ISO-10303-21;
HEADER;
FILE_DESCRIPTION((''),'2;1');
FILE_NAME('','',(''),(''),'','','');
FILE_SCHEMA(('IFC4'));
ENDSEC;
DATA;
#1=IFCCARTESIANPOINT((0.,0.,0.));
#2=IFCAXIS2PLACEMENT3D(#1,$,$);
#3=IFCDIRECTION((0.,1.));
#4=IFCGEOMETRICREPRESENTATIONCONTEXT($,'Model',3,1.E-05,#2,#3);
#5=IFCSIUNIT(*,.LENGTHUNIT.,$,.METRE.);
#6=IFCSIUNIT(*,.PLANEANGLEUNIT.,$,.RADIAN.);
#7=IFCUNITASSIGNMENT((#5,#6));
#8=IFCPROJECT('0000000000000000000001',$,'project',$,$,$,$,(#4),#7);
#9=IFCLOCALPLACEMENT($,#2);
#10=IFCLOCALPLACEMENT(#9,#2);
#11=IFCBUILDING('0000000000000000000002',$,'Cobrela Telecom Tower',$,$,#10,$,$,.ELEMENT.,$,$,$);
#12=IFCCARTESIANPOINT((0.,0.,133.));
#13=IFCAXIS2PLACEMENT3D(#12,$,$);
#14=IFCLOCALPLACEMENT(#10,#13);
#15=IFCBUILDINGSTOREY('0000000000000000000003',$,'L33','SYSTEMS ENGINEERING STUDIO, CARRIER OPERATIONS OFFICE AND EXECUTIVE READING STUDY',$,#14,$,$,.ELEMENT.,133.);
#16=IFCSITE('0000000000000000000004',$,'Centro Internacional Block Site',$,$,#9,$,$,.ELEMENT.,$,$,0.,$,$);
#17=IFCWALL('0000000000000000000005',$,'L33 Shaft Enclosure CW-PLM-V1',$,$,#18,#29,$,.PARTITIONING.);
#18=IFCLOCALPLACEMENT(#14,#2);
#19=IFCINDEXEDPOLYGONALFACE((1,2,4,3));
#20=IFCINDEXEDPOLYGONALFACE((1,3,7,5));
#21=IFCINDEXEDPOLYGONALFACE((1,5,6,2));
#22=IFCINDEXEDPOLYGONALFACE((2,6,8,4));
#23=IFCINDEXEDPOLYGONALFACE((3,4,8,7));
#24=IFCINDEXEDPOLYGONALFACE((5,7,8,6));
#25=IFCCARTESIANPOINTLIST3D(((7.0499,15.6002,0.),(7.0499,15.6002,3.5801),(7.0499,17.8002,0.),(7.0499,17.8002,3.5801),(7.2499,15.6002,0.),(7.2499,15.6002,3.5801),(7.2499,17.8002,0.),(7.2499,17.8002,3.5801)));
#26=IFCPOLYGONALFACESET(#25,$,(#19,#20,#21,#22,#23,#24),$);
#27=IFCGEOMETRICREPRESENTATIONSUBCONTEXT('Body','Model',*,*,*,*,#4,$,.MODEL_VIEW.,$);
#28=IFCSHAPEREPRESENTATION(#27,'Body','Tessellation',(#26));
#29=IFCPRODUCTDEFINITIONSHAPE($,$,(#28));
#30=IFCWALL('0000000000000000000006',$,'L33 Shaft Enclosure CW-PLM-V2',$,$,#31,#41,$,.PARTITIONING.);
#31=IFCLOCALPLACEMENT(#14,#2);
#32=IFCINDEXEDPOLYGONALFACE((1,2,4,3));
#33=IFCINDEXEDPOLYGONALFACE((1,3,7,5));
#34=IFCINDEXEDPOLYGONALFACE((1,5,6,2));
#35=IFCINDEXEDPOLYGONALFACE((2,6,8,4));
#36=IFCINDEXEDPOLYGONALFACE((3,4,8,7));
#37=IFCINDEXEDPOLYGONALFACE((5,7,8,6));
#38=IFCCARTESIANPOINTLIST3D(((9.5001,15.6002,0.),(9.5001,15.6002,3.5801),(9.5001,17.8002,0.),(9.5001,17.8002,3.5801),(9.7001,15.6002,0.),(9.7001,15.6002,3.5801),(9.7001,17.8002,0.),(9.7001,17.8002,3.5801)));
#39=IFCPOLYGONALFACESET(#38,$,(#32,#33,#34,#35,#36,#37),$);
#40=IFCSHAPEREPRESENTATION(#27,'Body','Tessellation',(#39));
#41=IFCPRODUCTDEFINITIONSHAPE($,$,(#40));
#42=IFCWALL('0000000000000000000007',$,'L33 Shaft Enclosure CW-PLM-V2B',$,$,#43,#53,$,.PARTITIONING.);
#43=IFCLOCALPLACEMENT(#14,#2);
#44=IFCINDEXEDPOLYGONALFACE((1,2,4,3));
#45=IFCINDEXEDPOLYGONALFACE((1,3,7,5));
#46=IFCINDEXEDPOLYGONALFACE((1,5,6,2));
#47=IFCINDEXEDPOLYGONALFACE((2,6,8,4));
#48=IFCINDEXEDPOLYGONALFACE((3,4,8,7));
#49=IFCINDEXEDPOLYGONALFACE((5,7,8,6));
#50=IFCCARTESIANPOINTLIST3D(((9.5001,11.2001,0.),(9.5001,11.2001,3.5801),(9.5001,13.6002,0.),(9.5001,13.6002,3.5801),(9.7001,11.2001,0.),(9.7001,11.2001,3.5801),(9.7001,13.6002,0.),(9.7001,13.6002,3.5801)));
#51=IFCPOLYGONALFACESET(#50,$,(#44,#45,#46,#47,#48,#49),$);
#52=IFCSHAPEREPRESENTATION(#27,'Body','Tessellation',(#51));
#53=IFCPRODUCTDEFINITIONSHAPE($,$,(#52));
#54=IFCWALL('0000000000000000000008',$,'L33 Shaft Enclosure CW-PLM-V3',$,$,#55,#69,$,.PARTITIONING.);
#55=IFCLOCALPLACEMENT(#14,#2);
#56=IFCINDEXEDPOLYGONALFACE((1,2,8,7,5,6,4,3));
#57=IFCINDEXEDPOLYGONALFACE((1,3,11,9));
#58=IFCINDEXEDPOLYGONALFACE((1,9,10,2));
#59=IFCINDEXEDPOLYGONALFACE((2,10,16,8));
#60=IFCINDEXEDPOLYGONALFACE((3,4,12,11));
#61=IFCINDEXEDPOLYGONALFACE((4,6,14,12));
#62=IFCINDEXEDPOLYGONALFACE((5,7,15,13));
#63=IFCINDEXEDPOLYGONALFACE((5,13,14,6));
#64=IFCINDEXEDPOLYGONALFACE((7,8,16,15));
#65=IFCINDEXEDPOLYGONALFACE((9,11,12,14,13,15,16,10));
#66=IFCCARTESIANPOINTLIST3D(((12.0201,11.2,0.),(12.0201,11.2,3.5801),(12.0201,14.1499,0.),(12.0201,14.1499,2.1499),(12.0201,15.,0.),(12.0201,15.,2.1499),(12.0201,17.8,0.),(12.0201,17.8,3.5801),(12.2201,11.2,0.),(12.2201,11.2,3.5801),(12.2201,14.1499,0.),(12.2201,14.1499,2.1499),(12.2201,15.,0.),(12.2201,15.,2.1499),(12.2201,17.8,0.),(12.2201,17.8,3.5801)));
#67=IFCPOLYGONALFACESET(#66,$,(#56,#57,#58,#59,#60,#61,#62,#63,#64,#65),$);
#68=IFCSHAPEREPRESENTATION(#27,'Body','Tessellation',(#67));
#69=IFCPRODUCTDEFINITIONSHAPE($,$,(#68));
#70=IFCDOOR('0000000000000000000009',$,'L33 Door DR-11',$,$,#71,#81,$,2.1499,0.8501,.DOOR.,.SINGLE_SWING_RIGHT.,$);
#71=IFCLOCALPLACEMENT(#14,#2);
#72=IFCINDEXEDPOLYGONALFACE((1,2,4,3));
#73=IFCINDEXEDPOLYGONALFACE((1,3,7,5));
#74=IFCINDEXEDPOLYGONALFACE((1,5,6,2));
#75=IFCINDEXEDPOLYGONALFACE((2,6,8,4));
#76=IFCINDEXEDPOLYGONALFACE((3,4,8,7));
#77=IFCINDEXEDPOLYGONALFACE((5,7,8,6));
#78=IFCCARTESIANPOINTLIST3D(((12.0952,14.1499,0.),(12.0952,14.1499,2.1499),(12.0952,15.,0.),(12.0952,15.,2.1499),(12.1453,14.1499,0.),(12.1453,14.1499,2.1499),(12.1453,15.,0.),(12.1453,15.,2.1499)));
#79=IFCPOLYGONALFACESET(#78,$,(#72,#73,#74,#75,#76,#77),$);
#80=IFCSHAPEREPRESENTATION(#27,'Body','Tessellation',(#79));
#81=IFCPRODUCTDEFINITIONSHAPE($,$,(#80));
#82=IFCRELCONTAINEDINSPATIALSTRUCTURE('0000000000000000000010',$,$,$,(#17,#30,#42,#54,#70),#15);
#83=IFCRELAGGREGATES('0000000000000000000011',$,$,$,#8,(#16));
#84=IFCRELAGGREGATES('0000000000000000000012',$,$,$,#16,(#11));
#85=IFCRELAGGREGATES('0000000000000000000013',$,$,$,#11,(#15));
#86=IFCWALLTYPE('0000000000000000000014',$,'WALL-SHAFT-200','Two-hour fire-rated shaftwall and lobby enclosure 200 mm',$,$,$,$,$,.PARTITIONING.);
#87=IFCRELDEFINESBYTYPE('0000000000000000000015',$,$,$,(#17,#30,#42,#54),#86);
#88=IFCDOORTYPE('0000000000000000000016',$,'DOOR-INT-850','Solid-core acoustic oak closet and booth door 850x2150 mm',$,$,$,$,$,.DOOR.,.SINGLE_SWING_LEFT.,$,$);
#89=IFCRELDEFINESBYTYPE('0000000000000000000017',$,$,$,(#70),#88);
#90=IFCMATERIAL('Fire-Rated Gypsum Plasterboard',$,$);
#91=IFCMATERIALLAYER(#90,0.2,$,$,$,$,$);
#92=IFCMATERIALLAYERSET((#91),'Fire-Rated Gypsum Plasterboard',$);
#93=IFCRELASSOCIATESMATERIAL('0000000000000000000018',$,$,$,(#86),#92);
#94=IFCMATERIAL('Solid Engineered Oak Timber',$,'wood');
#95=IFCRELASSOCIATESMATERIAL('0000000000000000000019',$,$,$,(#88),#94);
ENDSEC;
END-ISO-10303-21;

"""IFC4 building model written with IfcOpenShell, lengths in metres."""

from ifc_helpers import new_model, si_unit, direction, frame, frame_2d, origin, place, context, subcontext, project, spatial, rectangle, extrude, material, layer, layer_set, type_object, element, fill, save


model = new_model("IFC4")

# Units and contexts
model_context = context("Model", 3, precision=1e-05, world=origin(), true_north=direction((0.0, 1.0)))
body_context = subcontext(model_context, "Body", "Model", "MODEL_VIEW")
ifc_project = project(units=[si_unit("LENGTHUNIT", "METRE"), si_unit("PLANEANGLEUNIT", "RADIAN")], contexts=[model_context])

# Site, building, storey
site_placement = place(None, origin())
site = spatial("IfcSite", under=ifc_project, at=site_placement, Name="Centro Internacional Block Site", CompositionType="ELEMENT", RefElevation=0.0)
building_placement = place(site_placement, origin())
building = spatial("IfcBuilding", under=site, at=building_placement, Name="Cobrela Telecom Tower", CompositionType="ELEMENT")
storey_placement = place(building_placement, frame((0.0, 0.0, 133.0)))
storey = spatial("IfcBuildingStorey", under=building, at=storey_placement, Name="L33", Description="SYSTEMS ENGINEERING STUDIO, CARRIER OPERATIONS OFFICE AND EXECUTIVE READING STUDY", CompositionType="ELEMENT", Elevation=133.0)

# Walls
ifc_material_1 = material(Name="Fire-Rated Gypsum Plasterboard")
ifc_layer = layer(ifc_material_1, 0.2)
ifc_layer_set = layer_set([ifc_layer], Name="Fire-Rated Gypsum Plasterboard")
wall_type = type_object("IfcWallType", Name="WALL-SHAFT-200", Description="Two-hour fire-rated shaftwall and lobby enclosure 200 mm", PredefinedType="PARTITIONING", material=ifc_layer_set)
for number, where, z_axis, x_axis, name in (
    (1, (7.1499, 15.6001, 0.0), (0.0, 0.0, 1.0), (0.0, 1.0, 0.0), "L33 Shaft Enclosure CW-PLM-V1"),
    (2, (9.6001, 15.6001, 0.0), (0.0, 0.0, 1.0), (0.0, 1.0, 0.0), "L33 Shaft Enclosure CW-PLM-V2"),
):
    element("IfcWall", number, at=place(storey_placement, frame(where, z_axis=z_axis, x_axis=x_axis)), inside=storey, type_object=wall_type, Name=name, PredefinedType="PARTITIONING", context=body_context, shape_type="SweptSolid", body=[
        extrude(rectangle(XDim=2.2, YDim=0.2, at=frame_2d((1.1001, 0.0))), origin(), (0.0, 0.0, 1.0), 3.5801),
    ])
wall_1_placement = place(storey_placement, frame((9.6001, 11.2, 0.0), z_axis=(0.0, 0.0, 1.0), x_axis=(0.0, 1.0, 0.0)))
element("IfcWall", 3, at=wall_1_placement, inside=storey, type_object=wall_type, Name="L33 Shaft Enclosure CW-PLM-V2B", PredefinedType="PARTITIONING", context=body_context, shape_type="SweptSolid", body=[
    extrude(rectangle(XDim=2.4001, YDim=0.2, at=frame_2d((1.2002, 0.0))), origin(), (0.0, 0.0, 1.0), 3.5801),
])

# Wall, opening, door
wall_2_placement = place(storey_placement, frame((12.1201, 11.2, 0.0), z_axis=(0.0, 0.0, 1.0), x_axis=(0.0, 1.0, 0.0)))
wall_2 = element("IfcWall", 4, at=wall_2_placement, inside=storey, type_object=wall_type, Name="L33 Shaft Enclosure CW-PLM-V3", PredefinedType="PARTITIONING", context=body_context, shape_type="SweptSolid", body=[
    extrude(rectangle(XDim=6.6001, YDim=0.2, at=frame_2d((3.3, 0.0))), origin(), (0.0, 0.0, 1.0), 3.5801),
])
opening_placement = place(wall_2_placement, frame((2.95, 0.0, 0.0)))
opening = element("IfcOpeningElement", 5, at=opening_placement, cuts=wall_2, PredefinedType="OPENING", context=body_context, shape_type="SweptSolid", body=[
    extrude(rectangle(XDim=0.8501, YDim=2.1499, at=frame_2d((0.425, 1.075))), frame((0.0, 0.1118, 0.0), z_axis=(0.0, -1.0, 0.0), x_axis=(1.0, 0.0, 0.0)), (0.0, 0.0, 1.0), 0.2239),
])
ifc_material_2 = material(Name="Solid Engineered Oak Timber", Category="wood")
door_type = type_object("IfcDoorType", Name="DOOR-INT-850", Description="Solid-core acoustic oak closet and booth door 850x2150 mm", OperationType="SINGLE_SWING_LEFT", PredefinedType="DOOR", material=ifc_material_2)
door_placement = place(opening_placement, origin())
door = element("IfcDoor", 6, at=door_placement, inside=storey, type_object=door_type, Name="L33 Door DR-11", OperationType="SINGLE_SWING_RIGHT", OverallHeight=2.1499, OverallWidth=0.8501, PredefinedType="DOOR", context=body_context, shape_type="SweptSolid", body=[
    extrude(rectangle(XDim=0.8501, YDim=2.1499, at=frame_2d((0.425, 1.075))), frame((0.0, 0.0249, 0.0), z_axis=(0.0, -1.0, 0.0), x_axis=(1.0, 0.0, 0.0)), (0.0, 0.0, 1.0), 0.05),
])
fill(opening, door)

save(model, "model.ifc")
